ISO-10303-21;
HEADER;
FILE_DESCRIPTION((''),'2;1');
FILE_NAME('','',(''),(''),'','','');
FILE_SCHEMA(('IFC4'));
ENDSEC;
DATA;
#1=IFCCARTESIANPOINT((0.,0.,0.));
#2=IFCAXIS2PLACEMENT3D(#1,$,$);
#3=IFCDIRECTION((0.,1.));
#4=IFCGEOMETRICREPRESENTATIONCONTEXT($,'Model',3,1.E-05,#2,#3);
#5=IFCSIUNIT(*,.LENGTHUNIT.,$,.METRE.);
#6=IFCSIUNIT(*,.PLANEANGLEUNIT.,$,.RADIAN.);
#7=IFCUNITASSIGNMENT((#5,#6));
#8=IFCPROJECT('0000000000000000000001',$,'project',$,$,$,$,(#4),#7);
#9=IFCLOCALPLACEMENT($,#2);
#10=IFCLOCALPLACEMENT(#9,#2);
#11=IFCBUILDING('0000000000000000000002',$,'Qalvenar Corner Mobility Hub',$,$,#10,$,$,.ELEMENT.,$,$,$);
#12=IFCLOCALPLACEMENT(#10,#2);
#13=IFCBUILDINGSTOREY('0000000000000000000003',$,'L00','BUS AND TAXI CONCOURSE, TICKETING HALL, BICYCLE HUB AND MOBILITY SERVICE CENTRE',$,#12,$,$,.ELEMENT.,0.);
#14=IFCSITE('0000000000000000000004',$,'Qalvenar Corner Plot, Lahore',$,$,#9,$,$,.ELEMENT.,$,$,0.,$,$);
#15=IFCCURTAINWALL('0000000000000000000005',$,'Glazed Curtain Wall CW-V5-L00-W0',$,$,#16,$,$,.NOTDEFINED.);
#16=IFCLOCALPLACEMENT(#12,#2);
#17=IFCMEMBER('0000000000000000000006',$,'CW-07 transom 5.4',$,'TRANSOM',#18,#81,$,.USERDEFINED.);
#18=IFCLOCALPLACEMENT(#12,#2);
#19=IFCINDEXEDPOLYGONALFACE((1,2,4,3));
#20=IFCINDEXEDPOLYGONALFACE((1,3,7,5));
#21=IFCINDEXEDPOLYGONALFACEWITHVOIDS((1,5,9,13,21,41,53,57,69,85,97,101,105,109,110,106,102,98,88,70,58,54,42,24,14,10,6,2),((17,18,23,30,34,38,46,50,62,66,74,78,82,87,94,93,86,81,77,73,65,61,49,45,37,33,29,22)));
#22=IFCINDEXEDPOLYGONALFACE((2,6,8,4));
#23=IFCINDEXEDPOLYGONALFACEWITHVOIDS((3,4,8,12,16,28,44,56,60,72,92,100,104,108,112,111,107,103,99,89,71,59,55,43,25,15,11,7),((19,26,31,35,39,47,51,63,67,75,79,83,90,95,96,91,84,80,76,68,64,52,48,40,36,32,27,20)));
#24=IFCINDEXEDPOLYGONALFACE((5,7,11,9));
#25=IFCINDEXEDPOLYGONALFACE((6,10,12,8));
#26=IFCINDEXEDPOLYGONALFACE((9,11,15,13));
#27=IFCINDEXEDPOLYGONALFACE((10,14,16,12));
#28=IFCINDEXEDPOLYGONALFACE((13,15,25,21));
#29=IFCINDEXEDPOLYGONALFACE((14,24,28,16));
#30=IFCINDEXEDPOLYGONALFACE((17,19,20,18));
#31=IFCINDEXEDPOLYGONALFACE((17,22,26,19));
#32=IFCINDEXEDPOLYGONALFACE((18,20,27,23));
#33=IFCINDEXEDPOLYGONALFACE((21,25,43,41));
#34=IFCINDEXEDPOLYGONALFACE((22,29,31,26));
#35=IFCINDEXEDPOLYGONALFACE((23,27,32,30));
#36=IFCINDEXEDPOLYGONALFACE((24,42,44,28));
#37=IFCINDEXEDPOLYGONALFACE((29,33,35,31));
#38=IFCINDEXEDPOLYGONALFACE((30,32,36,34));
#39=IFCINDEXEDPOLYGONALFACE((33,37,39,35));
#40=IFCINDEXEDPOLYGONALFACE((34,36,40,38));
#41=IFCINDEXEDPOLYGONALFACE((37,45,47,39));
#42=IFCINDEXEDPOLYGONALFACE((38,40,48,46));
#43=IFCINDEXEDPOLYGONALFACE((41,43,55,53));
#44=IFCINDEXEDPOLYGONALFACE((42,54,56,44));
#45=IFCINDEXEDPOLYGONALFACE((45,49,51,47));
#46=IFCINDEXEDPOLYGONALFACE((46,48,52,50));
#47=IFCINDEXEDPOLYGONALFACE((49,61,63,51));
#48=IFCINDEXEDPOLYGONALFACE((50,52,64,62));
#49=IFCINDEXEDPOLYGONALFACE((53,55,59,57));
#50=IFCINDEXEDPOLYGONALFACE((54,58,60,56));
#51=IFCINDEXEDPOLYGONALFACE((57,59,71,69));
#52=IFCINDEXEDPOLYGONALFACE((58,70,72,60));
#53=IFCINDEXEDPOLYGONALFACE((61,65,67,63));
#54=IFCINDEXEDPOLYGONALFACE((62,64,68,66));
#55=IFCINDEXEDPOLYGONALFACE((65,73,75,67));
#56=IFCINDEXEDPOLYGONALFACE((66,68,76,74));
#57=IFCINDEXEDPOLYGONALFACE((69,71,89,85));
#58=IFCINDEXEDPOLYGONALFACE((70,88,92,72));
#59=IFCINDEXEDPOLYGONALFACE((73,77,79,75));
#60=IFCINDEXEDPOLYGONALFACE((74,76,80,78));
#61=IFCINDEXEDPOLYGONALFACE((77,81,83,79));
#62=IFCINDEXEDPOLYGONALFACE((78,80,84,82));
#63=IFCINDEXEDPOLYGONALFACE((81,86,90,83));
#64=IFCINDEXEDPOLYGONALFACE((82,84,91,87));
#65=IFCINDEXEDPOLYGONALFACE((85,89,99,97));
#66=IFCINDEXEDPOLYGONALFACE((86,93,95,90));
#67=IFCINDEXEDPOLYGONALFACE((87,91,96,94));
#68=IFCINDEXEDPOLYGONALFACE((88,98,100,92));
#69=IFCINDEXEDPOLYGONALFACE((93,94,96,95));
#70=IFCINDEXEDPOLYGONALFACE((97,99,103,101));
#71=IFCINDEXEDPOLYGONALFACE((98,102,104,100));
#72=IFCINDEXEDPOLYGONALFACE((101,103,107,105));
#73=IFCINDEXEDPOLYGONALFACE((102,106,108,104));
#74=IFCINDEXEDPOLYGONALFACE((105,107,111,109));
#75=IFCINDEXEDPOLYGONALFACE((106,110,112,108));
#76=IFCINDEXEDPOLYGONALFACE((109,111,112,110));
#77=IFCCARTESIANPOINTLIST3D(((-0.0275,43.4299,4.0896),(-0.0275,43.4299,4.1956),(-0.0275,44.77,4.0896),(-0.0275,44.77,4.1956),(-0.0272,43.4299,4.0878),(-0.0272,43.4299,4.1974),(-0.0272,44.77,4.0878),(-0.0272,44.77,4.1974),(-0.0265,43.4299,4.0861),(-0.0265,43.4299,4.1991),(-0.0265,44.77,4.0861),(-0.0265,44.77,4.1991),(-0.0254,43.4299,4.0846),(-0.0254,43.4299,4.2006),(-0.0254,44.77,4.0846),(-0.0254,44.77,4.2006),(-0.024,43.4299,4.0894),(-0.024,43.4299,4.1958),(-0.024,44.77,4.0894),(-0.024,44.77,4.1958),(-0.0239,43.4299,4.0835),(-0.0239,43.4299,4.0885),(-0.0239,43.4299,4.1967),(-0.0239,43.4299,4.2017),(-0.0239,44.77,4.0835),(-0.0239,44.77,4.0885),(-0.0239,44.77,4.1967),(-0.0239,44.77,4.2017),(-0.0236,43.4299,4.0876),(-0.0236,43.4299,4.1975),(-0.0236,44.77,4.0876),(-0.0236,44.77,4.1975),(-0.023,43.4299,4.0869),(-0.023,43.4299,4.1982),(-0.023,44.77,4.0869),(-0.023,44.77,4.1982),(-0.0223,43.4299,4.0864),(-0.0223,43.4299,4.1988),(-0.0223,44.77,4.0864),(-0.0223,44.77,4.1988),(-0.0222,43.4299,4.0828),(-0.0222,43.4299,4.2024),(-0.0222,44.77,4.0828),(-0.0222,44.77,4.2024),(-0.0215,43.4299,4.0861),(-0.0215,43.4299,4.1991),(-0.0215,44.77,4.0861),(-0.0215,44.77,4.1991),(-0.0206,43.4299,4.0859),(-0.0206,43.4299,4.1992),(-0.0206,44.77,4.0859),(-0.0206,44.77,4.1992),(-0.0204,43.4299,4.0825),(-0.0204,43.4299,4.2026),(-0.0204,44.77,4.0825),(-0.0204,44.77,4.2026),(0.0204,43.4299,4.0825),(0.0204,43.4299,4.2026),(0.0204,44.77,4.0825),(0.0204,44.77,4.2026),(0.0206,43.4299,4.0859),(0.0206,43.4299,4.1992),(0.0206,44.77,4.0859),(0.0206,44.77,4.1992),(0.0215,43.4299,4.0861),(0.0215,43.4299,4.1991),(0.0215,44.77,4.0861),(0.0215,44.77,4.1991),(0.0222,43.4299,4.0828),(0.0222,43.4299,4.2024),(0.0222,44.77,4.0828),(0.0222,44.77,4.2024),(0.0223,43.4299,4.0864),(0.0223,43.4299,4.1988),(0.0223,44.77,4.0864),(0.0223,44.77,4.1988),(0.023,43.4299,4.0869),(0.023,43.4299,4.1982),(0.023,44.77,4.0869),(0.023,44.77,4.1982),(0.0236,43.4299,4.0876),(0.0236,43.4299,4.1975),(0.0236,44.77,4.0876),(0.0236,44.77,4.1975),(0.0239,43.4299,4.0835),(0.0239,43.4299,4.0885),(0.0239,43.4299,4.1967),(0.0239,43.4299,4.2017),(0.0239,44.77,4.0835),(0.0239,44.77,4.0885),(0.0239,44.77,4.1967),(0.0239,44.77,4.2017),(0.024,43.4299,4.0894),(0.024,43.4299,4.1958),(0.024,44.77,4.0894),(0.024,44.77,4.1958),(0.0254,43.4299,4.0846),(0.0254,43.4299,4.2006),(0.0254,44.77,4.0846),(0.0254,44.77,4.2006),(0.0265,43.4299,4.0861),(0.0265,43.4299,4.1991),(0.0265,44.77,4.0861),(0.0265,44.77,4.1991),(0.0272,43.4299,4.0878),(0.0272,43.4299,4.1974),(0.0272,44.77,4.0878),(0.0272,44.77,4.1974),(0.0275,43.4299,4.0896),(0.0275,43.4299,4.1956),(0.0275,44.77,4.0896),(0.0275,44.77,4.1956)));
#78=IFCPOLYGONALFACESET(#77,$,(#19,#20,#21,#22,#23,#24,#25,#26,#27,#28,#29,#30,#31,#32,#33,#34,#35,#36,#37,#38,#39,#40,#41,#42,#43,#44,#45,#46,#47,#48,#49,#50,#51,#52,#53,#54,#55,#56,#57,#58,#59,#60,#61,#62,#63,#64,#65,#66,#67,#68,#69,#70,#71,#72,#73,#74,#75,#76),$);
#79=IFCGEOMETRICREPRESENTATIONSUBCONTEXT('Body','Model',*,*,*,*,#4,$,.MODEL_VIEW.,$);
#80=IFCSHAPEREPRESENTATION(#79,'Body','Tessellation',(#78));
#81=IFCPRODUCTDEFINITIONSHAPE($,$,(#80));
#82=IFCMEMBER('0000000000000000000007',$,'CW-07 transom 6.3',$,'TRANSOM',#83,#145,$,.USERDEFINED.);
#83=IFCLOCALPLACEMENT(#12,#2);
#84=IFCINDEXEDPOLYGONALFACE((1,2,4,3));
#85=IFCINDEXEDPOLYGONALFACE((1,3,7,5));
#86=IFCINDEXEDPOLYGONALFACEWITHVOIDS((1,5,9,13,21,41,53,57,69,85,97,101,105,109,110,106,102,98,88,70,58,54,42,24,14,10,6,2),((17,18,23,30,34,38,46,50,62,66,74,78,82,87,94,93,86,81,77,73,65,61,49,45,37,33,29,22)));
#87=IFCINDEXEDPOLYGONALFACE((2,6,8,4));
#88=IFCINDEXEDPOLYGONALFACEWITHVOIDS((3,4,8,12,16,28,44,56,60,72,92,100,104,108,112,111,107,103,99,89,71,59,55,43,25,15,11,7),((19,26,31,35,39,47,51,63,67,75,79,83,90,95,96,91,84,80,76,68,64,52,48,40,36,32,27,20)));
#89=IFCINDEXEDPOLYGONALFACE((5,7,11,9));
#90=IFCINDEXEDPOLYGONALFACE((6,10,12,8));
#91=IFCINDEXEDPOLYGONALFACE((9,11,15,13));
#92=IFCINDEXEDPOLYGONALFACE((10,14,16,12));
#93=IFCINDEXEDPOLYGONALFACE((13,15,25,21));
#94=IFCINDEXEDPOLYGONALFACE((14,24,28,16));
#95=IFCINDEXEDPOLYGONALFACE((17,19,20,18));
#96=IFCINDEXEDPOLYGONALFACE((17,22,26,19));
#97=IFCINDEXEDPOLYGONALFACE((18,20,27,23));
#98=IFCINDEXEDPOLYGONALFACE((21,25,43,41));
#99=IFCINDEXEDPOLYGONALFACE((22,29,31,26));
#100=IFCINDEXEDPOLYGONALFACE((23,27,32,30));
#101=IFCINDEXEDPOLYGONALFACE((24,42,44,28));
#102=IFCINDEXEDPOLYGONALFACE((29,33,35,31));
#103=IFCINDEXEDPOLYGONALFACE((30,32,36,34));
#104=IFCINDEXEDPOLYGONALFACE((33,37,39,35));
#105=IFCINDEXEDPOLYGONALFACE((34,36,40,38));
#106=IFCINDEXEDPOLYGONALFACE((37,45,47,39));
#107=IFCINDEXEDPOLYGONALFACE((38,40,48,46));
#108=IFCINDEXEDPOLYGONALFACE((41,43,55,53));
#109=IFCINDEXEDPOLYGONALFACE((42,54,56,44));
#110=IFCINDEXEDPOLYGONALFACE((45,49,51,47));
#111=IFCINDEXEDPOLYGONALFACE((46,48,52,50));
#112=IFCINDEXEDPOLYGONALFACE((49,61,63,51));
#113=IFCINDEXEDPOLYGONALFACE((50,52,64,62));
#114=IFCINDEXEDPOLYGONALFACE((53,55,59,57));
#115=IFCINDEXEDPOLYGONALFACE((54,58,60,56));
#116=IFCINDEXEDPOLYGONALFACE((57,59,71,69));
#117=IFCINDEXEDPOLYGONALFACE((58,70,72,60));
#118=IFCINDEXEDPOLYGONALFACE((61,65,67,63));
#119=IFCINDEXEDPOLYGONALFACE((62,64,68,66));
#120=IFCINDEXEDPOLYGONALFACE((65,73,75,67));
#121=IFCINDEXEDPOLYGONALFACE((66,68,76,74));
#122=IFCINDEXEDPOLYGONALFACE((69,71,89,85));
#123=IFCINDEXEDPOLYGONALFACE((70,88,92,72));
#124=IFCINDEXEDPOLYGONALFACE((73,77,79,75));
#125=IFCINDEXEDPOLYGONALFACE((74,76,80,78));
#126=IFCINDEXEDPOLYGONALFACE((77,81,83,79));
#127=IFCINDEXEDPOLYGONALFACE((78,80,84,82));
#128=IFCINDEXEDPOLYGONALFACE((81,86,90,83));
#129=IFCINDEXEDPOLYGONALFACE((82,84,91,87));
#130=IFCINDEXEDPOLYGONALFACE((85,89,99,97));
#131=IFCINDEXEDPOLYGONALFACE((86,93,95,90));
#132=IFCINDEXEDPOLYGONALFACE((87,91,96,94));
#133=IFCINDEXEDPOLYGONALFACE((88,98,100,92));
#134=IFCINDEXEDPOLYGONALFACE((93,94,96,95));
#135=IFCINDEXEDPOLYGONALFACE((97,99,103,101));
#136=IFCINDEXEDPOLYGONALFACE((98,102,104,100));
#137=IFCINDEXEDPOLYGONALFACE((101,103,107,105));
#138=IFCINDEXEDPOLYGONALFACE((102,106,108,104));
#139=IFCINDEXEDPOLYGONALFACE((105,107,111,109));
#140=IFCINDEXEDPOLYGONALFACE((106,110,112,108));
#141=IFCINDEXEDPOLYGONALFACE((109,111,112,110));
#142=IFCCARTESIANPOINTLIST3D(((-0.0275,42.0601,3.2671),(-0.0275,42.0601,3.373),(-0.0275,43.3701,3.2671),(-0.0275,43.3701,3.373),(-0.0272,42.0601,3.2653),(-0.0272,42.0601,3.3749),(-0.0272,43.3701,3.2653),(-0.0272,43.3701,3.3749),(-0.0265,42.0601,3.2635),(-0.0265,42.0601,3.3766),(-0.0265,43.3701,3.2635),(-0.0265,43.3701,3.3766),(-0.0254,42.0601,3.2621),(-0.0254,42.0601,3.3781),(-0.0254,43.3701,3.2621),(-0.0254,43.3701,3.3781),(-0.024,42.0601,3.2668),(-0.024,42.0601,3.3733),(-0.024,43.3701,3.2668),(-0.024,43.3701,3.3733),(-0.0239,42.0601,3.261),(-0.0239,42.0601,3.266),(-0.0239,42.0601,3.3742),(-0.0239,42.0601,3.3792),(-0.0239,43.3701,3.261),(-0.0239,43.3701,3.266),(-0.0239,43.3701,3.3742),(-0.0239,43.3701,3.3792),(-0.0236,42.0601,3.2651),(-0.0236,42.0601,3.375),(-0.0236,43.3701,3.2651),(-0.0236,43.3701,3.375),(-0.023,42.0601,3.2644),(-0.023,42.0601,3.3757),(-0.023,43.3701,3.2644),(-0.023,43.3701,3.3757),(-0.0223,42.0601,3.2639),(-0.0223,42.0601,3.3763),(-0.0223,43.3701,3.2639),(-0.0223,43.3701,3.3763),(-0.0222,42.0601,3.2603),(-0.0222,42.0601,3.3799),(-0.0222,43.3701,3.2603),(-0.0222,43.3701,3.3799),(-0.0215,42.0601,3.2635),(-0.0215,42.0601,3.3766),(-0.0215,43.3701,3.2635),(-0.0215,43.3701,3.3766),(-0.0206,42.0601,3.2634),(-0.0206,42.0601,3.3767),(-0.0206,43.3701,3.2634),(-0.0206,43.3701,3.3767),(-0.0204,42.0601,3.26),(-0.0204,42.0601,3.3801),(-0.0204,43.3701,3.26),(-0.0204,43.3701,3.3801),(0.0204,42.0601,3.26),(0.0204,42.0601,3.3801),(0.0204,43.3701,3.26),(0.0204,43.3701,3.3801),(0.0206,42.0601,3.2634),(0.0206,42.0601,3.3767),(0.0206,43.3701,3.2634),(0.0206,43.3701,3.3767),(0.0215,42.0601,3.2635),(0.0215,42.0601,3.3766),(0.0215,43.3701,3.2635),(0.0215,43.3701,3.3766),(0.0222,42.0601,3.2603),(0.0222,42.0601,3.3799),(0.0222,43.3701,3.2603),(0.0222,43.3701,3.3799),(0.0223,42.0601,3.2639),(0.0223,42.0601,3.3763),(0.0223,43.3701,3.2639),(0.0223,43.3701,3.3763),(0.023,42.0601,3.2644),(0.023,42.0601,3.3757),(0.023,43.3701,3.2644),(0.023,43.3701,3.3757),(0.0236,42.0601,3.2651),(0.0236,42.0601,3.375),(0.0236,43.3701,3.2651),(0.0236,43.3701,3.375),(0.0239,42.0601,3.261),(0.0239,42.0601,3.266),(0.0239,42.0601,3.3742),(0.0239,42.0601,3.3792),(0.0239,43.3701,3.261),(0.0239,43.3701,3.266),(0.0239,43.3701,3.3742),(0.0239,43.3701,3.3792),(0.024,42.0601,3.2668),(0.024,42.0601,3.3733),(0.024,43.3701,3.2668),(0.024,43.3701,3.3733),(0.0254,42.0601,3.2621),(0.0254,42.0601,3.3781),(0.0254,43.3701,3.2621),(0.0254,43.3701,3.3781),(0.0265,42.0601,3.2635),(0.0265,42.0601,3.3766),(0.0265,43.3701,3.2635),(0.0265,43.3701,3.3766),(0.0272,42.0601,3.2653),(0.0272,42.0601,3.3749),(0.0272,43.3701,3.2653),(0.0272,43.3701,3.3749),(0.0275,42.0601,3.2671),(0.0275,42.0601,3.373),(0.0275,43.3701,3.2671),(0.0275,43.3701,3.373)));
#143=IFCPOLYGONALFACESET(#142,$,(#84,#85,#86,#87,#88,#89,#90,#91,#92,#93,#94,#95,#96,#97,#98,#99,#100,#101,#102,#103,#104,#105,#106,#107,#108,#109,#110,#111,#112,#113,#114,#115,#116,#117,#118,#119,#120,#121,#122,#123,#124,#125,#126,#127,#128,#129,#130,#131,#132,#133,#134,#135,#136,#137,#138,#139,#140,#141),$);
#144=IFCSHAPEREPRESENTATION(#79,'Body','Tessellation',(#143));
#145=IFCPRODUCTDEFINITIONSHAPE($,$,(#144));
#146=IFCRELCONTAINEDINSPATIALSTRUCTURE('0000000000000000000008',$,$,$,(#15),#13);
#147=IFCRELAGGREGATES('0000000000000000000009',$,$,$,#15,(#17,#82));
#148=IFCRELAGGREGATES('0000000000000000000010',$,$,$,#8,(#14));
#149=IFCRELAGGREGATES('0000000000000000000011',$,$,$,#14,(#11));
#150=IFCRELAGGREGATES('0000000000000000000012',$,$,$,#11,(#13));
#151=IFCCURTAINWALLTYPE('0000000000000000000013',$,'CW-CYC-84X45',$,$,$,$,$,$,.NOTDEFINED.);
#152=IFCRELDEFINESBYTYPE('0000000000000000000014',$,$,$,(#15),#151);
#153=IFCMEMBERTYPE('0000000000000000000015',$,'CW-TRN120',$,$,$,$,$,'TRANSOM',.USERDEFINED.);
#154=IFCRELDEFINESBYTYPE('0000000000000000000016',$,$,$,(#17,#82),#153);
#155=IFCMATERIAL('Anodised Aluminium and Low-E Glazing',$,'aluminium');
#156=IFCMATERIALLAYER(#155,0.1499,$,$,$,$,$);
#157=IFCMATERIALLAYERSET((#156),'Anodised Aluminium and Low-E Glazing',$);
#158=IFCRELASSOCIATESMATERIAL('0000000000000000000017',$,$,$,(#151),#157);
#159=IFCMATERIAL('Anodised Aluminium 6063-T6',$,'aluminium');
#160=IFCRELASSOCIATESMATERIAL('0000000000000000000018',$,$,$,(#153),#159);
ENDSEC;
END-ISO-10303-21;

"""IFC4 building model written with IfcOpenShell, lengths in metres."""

from ifc_helpers import new_model, si_unit, direction, frame, origin, origin_2d, place, context, subcontext, project, spatial, hollow_rectangle, extrude, material, layer, layer_set, material_profile, profile_set, type_object, element, aggregate, save


model = new_model("IFC4")

# Units and contexts
model_context = context("Model", 3, precision=1e-05, world=origin(), true_north=direction((0.0, 1.0)))
body_context = subcontext(model_context, "Body", "Model", "MODEL_VIEW")
ifc_project = project(units=[si_unit("LENGTHUNIT", "METRE"), si_unit("PLANEANGLEUNIT", "RADIAN")], contexts=[model_context])

# Site, building, storey
site_placement = place(None, origin())
site = spatial("IfcSite", under=ifc_project, at=site_placement, Name="Qalvenar Corner Plot, Lahore", CompositionType="ELEMENT", RefElevation=0.0)
building_placement = place(site_placement, origin())
building = spatial("IfcBuilding", under=site, at=building_placement, Name="Qalvenar Corner Mobility Hub", CompositionType="ELEMENT")
storey_placement = place(building_placement, origin())
storey = spatial("IfcBuildingStorey", under=building, at=storey_placement, Name="L00", Description="BUS AND TAXI CONCOURSE, TICKETING HALL, BICYCLE HUB AND MOBILITY SERVICE CENTRE", CompositionType="ELEMENT", Elevation=0.0)

# Curtain wall, members
ifc_material_1 = material(Name="Anodised Aluminium and Low-E Glazing", Category="aluminium")
ifc_layer_1 = layer(ifc_material_1, 0.1499)
ifc_layer_set_1 = layer_set([ifc_layer_1], Name="Anodised Aluminium and Low-E Glazing")
curtain_wall_type = type_object("IfcCurtainWallType", Name="CW-CYC-84X45", PredefinedType="NOTDEFINED", material=ifc_layer_set_1)
curtain_wall_placement = place(storey_placement, origin())
curtain_wall = element("IfcCurtainWall", 1, at=curtain_wall_placement, inside=storey, type_object=curtain_wall_type, Name="Glazed Curtain Wall CW-V5-L00-W0", PredefinedType="NOTDEFINED")
ifc_material_2 = material(Name="Anodised Aluminium 6063-T6", Category="aluminium")
ifc_material_profile_1 = material_profile(ifc_material_2, hollow_rectangle(XDim=0.0549, YDim=0.1201, WallThickness=0.0034, InnerFilletRadius=0.0034, OuterFilletRadius=0.0071, at=origin_2d()), Name="RHS120x55x3.5")
ifc_profile_set_1 = profile_set([ifc_material_profile_1], Name="Anodised Aluminium 6063-T6")
member_type_1 = type_object("IfcMemberType", Name="CW-TRN120", ElementType="TRANSOM", PredefinedType="USERDEFINED", material=ifc_profile_set_1)
member_1_placement = place(storey_placement, frame((0.0, 44.77, 4.1426), z_axis=(0.0, -1.0, 0.0), x_axis=(1.0, 0.0, 0.0)))
member_1 = element("IfcMember", 2, at=member_1_placement, type_object=member_type_1, Name="CW-07 transom 5.4", ObjectType="TRANSOM", PredefinedType="USERDEFINED", context=body_context, shape_type="SweptSolid", body=[
    extrude(hollow_rectangle(XDim=0.0549, YDim=0.1201, WallThickness=0.0034, InnerFilletRadius=0.0034, OuterFilletRadius=0.0071, at=origin_2d()), origin(), (0.0, 0.0, 1.0), 1.3401),
])
member_2_placement = place(storey_placement, frame((0.0, 43.3701, 3.3201), z_axis=(0.0, -1.0, 0.0), x_axis=(1.0, 0.0, 0.0)))
member_2 = element("IfcMember", 3, at=member_2_placement, type_object=member_type_1, Name="CW-07 transom 6.3", ObjectType="TRANSOM", PredefinedType="USERDEFINED", context=body_context, shape_type="SweptSolid", body=[
    extrude(hollow_rectangle(XDim=0.0549, YDim=0.1201, WallThickness=0.0034, InnerFilletRadius=0.0034, OuterFilletRadius=0.0071, at=origin_2d()), origin(), (0.0, 0.0, 1.0), 1.3101),
])
aggregate(curtain_wall, [member_1, member_2])

save(model, "model.ifc")
